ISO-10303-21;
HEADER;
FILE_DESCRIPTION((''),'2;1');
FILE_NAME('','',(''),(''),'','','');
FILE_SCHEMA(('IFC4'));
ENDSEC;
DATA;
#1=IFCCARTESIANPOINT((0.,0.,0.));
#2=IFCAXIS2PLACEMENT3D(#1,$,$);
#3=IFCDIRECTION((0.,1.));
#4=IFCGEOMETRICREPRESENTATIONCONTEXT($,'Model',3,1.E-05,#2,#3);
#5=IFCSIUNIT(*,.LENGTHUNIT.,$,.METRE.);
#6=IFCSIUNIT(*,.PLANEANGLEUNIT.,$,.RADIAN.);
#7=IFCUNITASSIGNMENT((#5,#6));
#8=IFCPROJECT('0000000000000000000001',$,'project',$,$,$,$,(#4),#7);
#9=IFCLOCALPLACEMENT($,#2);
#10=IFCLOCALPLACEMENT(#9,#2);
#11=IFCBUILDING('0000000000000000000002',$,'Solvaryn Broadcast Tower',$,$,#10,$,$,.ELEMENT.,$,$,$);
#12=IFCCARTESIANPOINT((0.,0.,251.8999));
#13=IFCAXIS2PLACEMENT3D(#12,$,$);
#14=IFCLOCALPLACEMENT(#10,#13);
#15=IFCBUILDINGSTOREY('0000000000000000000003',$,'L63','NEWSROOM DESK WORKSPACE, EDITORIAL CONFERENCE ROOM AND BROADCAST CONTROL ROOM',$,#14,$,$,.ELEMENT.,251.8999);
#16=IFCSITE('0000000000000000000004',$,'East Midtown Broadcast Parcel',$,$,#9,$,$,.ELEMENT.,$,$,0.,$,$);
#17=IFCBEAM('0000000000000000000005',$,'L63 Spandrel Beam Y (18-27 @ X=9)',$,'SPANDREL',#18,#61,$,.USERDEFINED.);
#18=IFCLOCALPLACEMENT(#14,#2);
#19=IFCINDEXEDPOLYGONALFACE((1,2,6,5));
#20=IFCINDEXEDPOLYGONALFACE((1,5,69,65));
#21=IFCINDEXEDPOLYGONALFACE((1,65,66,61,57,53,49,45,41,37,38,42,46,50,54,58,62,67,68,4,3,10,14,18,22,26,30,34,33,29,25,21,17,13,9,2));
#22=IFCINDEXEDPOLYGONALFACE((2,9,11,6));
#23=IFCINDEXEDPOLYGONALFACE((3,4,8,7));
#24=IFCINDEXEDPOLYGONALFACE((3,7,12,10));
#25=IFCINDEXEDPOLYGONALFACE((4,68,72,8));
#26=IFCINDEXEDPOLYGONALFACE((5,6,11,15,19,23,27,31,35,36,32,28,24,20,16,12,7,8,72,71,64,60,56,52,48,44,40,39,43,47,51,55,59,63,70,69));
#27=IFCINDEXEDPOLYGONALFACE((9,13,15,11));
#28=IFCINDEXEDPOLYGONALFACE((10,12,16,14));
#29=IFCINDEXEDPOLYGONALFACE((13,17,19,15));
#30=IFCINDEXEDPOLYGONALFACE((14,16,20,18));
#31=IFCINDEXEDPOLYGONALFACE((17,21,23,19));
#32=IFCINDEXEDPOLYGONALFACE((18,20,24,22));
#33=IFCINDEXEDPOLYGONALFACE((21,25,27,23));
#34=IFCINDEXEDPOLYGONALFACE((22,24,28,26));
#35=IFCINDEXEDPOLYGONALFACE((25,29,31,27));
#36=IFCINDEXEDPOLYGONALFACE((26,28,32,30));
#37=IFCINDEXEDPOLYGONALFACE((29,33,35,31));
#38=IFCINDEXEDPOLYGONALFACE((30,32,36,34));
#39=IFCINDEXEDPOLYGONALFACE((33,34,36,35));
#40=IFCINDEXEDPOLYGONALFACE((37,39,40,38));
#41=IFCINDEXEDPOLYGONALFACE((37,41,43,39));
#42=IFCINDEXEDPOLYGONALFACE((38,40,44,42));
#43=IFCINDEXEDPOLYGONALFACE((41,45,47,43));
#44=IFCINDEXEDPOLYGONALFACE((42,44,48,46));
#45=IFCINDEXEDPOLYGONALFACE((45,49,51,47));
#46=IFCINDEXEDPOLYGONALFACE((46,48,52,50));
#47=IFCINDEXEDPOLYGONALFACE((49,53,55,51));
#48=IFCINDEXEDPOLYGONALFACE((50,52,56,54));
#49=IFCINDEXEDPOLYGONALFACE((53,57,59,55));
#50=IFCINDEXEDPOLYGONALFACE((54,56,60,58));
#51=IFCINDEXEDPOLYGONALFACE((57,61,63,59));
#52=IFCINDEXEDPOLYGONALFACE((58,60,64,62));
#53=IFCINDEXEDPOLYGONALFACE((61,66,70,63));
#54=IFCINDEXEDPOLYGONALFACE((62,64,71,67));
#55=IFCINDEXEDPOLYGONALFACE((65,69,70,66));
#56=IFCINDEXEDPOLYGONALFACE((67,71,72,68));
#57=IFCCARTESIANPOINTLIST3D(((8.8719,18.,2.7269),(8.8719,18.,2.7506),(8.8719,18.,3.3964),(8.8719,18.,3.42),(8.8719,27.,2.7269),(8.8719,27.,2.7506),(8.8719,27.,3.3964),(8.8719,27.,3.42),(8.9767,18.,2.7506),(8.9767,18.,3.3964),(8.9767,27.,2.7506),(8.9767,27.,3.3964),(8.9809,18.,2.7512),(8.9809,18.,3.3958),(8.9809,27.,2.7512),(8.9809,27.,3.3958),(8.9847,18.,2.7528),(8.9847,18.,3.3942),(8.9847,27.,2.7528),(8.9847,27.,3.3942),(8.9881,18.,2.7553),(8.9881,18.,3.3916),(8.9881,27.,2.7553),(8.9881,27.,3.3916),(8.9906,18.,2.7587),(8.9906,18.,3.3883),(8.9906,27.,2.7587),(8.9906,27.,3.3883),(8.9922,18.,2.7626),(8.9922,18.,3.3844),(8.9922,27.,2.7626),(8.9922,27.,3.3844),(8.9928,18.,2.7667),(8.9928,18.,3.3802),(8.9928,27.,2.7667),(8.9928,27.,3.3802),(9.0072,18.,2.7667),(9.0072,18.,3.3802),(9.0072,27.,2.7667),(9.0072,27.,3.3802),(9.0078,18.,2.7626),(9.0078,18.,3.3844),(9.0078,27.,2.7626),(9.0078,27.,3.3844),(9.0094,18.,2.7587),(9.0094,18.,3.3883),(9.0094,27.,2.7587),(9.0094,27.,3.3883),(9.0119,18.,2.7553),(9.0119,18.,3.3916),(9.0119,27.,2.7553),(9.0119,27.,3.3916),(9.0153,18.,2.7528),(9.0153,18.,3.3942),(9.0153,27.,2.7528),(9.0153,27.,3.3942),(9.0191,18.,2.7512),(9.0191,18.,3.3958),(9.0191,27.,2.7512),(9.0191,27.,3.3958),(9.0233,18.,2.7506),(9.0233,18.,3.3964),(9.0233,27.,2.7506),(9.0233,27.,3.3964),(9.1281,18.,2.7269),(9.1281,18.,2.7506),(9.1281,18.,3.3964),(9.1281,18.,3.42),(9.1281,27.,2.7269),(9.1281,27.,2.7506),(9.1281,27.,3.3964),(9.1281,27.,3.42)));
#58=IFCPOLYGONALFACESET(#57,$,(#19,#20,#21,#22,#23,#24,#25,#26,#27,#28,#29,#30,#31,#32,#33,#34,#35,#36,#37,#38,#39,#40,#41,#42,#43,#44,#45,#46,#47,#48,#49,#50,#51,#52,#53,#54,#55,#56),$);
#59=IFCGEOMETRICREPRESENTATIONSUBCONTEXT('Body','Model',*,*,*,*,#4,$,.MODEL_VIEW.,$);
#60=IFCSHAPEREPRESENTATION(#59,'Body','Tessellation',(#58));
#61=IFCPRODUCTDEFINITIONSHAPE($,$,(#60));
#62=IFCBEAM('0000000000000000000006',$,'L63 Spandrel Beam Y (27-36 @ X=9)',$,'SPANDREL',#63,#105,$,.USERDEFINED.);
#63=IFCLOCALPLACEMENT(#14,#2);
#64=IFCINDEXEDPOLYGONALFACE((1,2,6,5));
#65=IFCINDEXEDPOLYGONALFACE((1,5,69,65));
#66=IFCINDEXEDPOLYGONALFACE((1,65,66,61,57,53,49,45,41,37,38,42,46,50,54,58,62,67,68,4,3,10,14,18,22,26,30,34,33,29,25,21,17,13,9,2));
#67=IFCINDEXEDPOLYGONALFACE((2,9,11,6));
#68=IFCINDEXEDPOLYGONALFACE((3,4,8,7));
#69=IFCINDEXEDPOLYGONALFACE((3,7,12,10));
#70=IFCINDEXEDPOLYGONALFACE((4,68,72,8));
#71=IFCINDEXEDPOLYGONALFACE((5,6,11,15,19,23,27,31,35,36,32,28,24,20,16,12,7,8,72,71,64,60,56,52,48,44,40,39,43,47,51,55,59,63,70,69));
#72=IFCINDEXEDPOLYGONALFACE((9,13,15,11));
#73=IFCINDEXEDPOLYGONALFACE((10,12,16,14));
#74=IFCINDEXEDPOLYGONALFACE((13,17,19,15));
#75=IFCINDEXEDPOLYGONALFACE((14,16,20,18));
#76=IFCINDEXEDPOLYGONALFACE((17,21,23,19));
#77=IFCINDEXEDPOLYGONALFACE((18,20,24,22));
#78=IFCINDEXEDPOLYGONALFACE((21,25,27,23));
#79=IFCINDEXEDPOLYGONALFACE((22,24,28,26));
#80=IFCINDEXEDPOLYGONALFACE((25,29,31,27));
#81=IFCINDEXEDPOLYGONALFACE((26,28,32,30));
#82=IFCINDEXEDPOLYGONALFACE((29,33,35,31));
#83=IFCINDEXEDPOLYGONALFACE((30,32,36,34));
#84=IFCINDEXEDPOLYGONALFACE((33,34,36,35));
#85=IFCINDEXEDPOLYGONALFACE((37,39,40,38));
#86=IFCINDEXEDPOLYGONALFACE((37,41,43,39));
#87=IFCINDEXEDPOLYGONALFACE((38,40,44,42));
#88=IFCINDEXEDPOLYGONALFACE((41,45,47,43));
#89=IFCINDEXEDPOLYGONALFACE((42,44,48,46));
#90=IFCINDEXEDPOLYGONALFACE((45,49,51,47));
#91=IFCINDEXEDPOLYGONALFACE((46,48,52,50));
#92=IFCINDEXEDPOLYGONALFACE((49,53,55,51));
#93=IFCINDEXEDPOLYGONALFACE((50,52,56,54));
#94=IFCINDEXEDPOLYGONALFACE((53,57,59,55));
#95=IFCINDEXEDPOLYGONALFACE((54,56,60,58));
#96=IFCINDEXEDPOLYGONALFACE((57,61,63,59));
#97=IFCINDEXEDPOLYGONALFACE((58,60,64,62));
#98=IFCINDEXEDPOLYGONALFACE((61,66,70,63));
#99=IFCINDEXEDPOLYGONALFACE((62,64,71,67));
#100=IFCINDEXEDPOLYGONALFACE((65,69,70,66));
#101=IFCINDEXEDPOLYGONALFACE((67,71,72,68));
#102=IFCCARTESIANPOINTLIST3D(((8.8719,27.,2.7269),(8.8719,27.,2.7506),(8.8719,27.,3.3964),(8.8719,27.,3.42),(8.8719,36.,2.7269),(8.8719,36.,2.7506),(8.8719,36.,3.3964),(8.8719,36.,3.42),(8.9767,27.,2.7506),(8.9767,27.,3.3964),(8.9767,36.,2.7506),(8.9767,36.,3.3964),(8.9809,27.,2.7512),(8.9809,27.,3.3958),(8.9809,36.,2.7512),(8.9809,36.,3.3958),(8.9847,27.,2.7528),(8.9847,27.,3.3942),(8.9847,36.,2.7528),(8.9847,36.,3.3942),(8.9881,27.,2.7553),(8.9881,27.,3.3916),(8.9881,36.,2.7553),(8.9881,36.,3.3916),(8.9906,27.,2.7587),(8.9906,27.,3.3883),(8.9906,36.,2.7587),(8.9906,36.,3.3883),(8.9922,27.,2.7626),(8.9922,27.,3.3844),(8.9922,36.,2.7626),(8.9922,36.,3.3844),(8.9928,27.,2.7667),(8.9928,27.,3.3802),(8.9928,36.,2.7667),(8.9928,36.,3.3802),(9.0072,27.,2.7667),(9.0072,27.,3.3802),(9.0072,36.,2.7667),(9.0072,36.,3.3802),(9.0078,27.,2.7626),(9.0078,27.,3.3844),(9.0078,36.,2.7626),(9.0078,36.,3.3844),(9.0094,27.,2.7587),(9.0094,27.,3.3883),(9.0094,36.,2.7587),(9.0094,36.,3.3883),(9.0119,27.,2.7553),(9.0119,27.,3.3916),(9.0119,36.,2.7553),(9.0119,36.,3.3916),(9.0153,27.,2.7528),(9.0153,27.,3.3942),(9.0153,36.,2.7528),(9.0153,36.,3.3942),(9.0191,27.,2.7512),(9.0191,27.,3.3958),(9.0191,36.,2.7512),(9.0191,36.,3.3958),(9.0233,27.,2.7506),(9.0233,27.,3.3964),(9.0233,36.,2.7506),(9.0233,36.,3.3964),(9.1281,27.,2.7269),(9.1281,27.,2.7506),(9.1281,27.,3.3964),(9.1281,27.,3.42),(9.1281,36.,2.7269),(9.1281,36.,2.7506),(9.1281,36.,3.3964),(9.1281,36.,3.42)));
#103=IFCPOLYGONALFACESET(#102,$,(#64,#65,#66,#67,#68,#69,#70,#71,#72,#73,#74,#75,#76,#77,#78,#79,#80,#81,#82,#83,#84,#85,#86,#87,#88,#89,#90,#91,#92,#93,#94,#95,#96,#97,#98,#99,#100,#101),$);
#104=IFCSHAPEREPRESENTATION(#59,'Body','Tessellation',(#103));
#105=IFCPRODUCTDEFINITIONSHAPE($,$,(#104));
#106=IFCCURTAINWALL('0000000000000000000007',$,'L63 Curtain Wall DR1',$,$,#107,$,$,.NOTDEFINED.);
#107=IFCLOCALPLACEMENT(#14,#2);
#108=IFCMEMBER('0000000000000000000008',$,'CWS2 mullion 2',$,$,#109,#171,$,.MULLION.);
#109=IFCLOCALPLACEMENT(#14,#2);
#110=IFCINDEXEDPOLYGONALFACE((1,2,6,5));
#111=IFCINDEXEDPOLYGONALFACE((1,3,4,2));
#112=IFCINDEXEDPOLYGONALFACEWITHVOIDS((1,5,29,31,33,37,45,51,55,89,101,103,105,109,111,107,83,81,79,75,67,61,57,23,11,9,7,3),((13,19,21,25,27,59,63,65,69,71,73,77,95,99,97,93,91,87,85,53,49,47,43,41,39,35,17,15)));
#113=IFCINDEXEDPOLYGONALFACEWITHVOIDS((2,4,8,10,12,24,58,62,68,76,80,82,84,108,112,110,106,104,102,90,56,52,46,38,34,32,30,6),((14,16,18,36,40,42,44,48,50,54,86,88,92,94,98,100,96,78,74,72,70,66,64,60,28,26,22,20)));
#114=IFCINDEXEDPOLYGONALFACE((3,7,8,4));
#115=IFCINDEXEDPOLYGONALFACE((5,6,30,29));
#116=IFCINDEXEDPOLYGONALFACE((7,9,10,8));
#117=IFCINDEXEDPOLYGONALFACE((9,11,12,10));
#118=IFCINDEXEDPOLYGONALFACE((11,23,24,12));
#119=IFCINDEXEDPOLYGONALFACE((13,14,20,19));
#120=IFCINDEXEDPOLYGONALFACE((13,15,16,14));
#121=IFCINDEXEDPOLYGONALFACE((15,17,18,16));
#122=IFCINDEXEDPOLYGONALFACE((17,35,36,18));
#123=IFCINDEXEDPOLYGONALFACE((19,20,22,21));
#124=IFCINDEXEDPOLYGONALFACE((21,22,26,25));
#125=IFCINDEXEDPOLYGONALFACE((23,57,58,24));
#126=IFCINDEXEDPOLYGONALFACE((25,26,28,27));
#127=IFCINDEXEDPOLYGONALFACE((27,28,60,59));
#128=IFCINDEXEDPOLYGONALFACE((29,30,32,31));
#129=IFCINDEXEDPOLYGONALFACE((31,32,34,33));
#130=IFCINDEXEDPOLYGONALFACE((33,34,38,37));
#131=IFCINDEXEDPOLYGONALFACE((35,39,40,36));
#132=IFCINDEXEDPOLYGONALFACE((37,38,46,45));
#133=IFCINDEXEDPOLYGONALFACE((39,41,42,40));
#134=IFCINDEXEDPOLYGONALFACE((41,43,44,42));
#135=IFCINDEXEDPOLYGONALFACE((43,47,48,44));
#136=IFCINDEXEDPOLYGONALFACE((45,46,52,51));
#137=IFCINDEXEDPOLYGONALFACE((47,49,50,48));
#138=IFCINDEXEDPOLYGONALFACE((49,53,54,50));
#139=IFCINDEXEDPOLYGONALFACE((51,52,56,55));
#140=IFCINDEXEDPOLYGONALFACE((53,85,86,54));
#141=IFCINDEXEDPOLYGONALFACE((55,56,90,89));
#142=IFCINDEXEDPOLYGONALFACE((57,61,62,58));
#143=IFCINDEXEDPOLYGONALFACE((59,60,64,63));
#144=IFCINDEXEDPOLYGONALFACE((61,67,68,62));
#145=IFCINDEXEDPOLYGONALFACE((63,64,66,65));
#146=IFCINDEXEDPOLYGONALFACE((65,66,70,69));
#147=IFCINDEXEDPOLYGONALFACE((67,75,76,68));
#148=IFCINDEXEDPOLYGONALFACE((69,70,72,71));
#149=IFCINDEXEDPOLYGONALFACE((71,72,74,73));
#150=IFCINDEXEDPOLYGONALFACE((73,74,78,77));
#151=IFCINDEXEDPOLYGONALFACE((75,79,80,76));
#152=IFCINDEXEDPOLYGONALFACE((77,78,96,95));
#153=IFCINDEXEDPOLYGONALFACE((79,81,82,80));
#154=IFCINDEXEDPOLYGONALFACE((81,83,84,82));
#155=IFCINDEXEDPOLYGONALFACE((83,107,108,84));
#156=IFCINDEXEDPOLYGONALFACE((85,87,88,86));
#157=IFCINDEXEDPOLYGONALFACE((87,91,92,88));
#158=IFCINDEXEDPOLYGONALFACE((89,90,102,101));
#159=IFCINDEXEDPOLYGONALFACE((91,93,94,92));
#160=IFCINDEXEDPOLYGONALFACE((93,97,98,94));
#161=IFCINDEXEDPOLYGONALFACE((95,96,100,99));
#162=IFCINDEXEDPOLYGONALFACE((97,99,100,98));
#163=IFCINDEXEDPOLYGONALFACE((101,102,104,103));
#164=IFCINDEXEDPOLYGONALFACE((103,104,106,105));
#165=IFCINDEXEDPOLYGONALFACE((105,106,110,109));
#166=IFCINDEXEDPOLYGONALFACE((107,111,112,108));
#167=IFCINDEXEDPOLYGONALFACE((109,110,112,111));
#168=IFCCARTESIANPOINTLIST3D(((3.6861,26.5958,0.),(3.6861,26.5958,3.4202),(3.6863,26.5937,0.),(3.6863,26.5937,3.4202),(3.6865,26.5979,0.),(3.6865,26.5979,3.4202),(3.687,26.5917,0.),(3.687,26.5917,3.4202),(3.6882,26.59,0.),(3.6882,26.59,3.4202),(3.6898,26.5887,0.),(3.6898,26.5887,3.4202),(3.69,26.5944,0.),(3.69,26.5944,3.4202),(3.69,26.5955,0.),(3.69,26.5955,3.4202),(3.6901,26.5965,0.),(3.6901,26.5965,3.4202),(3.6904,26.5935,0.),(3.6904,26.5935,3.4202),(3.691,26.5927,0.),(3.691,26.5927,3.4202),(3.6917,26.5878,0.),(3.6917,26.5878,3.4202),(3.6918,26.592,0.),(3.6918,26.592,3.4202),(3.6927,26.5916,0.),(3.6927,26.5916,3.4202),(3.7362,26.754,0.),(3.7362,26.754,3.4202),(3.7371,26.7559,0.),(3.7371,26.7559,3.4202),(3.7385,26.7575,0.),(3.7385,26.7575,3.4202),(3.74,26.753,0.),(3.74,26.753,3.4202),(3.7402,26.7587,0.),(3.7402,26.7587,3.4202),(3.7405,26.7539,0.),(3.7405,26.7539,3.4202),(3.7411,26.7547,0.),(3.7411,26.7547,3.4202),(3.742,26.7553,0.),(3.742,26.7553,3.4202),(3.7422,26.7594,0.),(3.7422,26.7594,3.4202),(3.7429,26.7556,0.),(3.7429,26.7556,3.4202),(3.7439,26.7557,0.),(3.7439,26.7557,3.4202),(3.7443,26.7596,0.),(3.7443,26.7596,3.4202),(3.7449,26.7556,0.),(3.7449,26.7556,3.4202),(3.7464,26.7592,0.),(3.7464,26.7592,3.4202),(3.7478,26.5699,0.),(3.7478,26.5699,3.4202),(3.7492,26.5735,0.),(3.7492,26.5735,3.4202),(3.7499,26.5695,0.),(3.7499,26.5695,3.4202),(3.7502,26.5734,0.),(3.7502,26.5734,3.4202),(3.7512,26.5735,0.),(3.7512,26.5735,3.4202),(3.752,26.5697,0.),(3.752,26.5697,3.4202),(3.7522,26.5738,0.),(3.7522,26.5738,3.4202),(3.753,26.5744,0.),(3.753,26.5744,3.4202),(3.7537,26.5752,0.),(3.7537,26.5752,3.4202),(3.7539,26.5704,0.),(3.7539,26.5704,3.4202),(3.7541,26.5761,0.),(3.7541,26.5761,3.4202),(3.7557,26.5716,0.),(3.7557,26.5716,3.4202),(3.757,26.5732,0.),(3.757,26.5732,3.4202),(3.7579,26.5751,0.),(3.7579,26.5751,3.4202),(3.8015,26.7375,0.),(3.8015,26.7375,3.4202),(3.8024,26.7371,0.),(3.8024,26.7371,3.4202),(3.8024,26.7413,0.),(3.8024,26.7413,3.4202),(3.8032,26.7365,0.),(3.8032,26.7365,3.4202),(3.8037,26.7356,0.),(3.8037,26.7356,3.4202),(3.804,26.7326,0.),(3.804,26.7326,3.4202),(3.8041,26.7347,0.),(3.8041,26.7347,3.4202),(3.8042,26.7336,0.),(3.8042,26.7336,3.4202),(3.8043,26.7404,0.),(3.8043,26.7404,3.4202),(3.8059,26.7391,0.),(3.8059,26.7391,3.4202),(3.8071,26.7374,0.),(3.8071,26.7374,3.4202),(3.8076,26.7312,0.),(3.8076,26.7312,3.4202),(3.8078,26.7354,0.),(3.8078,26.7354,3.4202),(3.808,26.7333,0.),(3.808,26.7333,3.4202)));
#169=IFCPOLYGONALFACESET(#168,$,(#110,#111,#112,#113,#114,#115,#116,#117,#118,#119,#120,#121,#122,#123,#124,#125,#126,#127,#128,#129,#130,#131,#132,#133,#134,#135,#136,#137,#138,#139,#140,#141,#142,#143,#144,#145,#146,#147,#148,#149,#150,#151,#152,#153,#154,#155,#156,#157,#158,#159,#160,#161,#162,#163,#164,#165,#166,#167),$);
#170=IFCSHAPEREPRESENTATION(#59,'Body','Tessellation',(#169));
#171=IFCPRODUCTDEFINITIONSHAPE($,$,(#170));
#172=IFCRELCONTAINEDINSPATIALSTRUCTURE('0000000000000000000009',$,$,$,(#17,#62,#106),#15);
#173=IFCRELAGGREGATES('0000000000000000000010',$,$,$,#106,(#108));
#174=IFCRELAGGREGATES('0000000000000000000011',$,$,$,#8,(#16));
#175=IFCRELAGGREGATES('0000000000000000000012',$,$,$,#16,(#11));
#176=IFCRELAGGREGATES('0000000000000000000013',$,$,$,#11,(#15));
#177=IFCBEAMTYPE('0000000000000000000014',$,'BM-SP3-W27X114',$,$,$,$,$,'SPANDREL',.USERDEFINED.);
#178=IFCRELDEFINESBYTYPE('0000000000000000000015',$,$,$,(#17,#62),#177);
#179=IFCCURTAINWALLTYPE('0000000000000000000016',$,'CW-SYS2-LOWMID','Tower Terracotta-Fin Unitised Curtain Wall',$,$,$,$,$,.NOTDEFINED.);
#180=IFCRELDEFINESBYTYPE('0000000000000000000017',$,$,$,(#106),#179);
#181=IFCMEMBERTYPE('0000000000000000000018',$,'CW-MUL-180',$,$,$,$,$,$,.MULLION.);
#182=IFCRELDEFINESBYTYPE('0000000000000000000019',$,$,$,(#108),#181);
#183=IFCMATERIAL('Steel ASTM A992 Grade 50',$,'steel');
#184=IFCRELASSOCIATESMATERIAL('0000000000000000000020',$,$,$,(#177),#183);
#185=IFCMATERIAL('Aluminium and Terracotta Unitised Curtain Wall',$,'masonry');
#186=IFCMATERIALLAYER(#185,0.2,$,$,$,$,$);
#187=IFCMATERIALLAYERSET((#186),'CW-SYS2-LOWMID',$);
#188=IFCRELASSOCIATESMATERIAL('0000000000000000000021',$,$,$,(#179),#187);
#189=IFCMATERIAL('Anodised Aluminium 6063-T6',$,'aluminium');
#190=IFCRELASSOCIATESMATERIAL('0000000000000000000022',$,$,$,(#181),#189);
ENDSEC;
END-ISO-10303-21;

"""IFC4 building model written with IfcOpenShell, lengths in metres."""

from ifc_helpers import new_model, si_unit, direction, frame, origin, origin_2d, place, context, subcontext, project, spatial, hollow_rectangle, i_section, extrude, material, layer, layer_set, material_profile, profile_set, type_object, element, aggregate, save


model = new_model("IFC4")

# Units and contexts
model_context = context("Model", 3, precision=1e-05, world=origin(), true_north=direction((0.0, 1.0)))
body_context = subcontext(model_context, "Body", "Model", "MODEL_VIEW")
ifc_project = project(units=[si_unit("LENGTHUNIT", "METRE"), si_unit("PLANEANGLEUNIT", "RADIAN")], contexts=[model_context])

# Site, building, storey
site_placement = place(None, origin())
site = spatial("IfcSite", under=ifc_project, at=site_placement, Name="East Midtown Broadcast Parcel", CompositionType="ELEMENT", RefElevation=0.0)
building_placement = place(site_placement, origin())
building = spatial("IfcBuilding", under=site, at=building_placement, Name="Solvaryn Broadcast Tower", CompositionType="ELEMENT")
storey_placement = place(building_placement, frame((0.0, 0.0, 251.8999)))
storey = spatial("IfcBuildingStorey", under=building, at=storey_placement, Name="L63", Description="NEWSROOM DESK WORKSPACE, EDITORIAL CONFERENCE ROOM AND BROADCAST CONTROL ROOM", CompositionType="ELEMENT", Elevation=251.8999)

# Beams
ifc_material_1 = material(Name="Steel ASTM A992 Grade 50", Category="steel")
ifc_material_profile_1 = material_profile(ifc_material_1, i_section(OverallWidth=0.2561, OverallDepth=0.6931, WebThickness=0.0144, FlangeThickness=0.0237, FilletRadius=0.0161, at=origin_2d()))
ifc_profile_set_1 = profile_set([ifc_material_profile_1], Name="Steel ASTM A992 Grade 50")
beam_type_1 = type_object("IfcBeamType", Name="BM-SP3-W27X114", ElementType="SPANDREL", PredefinedType="USERDEFINED", material=ifc_profile_set_1)
for number, where, z_axis, x_axis, name in (
    (1, (9.0, 18.0, 3.0735), (0.0, 1.0, 0.0), (-1.0, 0.0, 0.0), "L63 Spandrel Beam Y (18-27 @ X=9)"),
    (2, (9.0, 27.0, 3.0735), (0.0, 1.0, 0.0), (-1.0, 0.0, 0.0), "L63 Spandrel Beam Y (27-36 @ X=9)"),
):
    element("IfcBeam", number, at=place(storey_placement, frame(where, z_axis=z_axis, x_axis=x_axis)), inside=storey, type_object=beam_type_1, Name=name, ObjectType="SPANDREL", PredefinedType="USERDEFINED", context=body_context, shape_type="SweptSolid", body=[
        extrude(i_section(OverallWidth=0.2561, OverallDepth=0.6931, WebThickness=0.0144, FlangeThickness=0.0237, FilletRadius=0.0161, at=origin_2d()), origin(), (0.0, 0.0, 1.0), 9.0),
    ])

# Curtain wall, member
ifc_material_2 = material(Name="Aluminium and Terracotta Unitised Curtain Wall", Category="masonry")
ifc_layer_1 = layer(ifc_material_2, 0.2)
ifc_layer_set_1 = layer_set([ifc_layer_1], Name="CW-SYS2-LOWMID")
curtain_wall_type = type_object("IfcCurtainWallType", Name="CW-SYS2-LOWMID", Description="Tower Terracotta-Fin Unitised Curtain Wall", PredefinedType="NOTDEFINED", material=ifc_layer_set_1)
curtain_wall_1_placement = place(storey_placement, origin())
curtain_wall_1 = element("IfcCurtainWall", 3, at=curtain_wall_1_placement, inside=storey, type_object=curtain_wall_type, Name="L63 Curtain Wall DR1", PredefinedType="NOTDEFINED")
ifc_material_3 = material(Name="Anodised Aluminium 6063-T6", Category="aluminium")
ifc_material_profile_2 = material_profile(ifc_material_3, hollow_rectangle(XDim=0.075, YDim=0.1799, WallThickness=0.0039, InnerFilletRadius=0.0039, OuterFilletRadius=0.0081, at=origin_2d()))
ifc_profile_set_2 = profile_set([ifc_material_profile_2], Name="Anodised Aluminium 6063-T6")
member_type_1 = type_object("IfcMemberType", Name="CW-MUL-180", PredefinedType="MULLION", material=ifc_profile_set_2)
member_1_placement = place(storey_placement, frame((3.7471, 26.6646, 0.0), z_axis=(0.0, 0.0, 1.0), x_axis=(0.952795, -0.303616, 0.0)))
member_1 = element("IfcMember", 4, at=member_1_placement, type_object=member_type_1, Name="CWS2 mullion 2", PredefinedType="MULLION", context=body_context, shape_type="SweptSolid", body=[
    extrude(hollow_rectangle(XDim=0.075, YDim=0.1799, WallThickness=0.0039, InnerFilletRadius=0.0039, OuterFilletRadius=0.0081, at=origin_2d()), origin(), (0.0, 0.0, 1.0), 3.4202),
])
aggregate(curtain_wall_1, [member_1])

save(model, "model.ifc")
